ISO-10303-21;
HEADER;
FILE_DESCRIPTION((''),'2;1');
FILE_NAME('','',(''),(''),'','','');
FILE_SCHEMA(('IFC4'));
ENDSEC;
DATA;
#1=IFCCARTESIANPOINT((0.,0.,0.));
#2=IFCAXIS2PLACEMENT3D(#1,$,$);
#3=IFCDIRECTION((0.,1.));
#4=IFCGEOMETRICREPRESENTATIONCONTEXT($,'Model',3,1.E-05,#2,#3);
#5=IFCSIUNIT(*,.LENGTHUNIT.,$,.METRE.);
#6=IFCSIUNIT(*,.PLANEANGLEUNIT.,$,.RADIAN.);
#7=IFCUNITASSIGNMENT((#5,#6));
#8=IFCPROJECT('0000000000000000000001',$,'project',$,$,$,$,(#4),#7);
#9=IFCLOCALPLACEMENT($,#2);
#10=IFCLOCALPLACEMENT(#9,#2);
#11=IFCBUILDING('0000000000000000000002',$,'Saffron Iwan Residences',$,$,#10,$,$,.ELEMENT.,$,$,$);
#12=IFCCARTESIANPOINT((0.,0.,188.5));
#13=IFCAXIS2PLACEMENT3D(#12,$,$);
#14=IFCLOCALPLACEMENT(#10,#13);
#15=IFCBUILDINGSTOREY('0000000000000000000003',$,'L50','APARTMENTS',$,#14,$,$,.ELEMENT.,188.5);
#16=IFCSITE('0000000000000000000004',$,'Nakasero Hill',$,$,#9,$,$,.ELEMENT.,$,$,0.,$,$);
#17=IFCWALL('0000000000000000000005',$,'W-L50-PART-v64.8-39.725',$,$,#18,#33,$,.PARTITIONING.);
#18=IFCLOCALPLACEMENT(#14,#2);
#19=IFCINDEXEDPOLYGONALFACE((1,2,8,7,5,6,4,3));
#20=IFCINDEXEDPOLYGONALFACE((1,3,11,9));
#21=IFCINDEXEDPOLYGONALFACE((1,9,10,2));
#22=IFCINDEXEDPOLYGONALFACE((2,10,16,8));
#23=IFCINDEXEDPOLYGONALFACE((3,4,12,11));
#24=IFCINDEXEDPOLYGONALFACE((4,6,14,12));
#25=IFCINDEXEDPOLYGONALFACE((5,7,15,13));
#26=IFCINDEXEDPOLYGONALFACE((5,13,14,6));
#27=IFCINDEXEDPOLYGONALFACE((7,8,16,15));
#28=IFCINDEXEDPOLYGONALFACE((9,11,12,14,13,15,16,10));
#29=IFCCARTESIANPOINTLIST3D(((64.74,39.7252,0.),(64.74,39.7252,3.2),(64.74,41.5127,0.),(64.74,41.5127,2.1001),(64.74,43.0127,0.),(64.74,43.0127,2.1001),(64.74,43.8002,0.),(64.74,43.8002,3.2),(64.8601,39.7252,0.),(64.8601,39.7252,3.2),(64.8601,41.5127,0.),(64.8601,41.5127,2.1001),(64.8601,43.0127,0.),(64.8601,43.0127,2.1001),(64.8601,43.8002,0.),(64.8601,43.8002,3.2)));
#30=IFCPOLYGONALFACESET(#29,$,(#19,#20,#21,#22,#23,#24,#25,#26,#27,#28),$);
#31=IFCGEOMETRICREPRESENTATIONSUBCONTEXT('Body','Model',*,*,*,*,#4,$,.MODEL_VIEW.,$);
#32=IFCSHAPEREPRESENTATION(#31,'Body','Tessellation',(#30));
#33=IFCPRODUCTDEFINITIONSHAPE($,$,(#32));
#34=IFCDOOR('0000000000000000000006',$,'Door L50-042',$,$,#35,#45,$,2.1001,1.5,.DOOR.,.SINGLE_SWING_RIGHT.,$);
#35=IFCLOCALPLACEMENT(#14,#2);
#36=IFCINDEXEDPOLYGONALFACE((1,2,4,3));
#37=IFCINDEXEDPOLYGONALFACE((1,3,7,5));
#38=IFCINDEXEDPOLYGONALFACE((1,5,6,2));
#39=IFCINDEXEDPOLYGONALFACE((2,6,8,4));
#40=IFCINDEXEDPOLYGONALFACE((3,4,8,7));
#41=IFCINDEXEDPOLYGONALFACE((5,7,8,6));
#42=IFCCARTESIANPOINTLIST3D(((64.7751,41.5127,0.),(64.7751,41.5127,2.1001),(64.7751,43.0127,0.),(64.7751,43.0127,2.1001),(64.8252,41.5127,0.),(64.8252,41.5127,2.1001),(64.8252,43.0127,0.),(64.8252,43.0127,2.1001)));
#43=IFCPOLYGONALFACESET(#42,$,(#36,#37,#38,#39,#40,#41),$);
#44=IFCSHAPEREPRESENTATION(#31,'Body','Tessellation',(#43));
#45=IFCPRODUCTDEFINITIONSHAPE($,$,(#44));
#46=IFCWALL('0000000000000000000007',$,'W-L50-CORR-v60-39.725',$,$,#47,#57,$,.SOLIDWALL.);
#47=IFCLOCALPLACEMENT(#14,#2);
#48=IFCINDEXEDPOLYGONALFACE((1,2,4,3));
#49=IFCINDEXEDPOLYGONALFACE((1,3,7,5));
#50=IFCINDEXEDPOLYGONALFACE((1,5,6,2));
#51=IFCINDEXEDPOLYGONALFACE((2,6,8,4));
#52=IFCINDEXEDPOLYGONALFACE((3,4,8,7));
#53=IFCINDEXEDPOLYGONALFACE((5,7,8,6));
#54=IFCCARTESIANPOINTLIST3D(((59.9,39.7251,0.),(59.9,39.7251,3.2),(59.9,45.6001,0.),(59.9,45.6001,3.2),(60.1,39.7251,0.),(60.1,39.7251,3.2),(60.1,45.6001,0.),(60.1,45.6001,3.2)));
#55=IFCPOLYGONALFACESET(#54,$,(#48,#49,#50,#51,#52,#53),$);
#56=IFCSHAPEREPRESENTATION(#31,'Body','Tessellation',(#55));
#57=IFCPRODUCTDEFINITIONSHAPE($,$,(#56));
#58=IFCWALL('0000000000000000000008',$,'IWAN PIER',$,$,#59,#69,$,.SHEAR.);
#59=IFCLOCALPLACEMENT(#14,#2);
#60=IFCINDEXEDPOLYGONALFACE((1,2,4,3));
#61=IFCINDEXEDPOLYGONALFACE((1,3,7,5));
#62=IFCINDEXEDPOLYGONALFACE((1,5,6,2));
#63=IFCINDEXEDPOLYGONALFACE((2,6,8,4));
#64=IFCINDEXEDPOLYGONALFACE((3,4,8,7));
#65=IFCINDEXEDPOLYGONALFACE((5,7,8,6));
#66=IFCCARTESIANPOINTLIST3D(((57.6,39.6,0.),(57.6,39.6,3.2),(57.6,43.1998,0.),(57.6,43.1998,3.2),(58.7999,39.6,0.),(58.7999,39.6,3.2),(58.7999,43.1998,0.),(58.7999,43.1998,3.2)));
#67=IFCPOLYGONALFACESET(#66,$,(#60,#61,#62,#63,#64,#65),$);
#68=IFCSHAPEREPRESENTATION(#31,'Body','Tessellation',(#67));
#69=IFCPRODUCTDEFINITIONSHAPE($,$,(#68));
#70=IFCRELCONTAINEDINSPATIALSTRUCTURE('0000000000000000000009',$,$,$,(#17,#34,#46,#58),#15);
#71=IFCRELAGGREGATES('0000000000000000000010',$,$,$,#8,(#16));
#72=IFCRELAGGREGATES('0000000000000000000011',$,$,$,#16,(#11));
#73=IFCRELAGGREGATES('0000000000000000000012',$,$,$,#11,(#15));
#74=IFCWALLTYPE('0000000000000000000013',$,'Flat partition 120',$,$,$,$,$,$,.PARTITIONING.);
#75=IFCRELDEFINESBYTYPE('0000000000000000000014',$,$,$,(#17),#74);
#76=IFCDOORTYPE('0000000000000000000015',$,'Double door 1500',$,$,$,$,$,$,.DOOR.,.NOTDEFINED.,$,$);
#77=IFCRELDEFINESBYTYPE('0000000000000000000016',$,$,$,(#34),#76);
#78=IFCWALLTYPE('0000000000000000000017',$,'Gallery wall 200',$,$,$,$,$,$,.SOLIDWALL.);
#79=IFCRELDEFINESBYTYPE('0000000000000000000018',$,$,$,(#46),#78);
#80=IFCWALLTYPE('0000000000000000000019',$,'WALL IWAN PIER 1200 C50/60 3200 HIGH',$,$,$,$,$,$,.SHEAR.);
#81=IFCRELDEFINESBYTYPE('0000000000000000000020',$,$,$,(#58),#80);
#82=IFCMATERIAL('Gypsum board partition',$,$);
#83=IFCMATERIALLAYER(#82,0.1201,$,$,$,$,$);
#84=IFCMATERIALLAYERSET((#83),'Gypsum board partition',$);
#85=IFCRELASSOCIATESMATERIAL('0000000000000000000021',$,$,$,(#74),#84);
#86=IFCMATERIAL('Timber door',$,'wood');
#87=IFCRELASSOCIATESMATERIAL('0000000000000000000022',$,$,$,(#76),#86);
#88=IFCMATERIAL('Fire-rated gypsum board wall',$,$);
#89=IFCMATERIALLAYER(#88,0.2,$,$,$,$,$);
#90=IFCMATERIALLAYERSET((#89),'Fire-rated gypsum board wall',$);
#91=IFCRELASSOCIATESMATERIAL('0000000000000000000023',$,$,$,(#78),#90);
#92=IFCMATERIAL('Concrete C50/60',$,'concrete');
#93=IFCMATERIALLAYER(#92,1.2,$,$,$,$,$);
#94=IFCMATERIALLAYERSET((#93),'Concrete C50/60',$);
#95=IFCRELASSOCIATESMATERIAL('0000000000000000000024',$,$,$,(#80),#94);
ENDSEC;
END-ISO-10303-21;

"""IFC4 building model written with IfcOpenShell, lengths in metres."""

from ifc_helpers import new_model, si_unit, direction, frame, frame_2d, origin, place, context, subcontext, project, spatial, rectangle, extrude, material, layer, layer_set, type_object, element, fill, save


model = new_model("IFC4")

# Units and contexts
model_context = context("Model", 3, precision=1e-05, world=origin(), true_north=direction((0.0, 1.0)))
body_context = subcontext(model_context, "Body", "Model", "MODEL_VIEW")
ifc_project = project(units=[si_unit("LENGTHUNIT", "METRE"), si_unit("PLANEANGLEUNIT", "RADIAN")], contexts=[model_context])

# Site, building, storey
site_placement = place(None, origin())
site = spatial("IfcSite", under=ifc_project, at=site_placement, Name="Nakasero Hill", CompositionType="ELEMENT", RefElevation=0.0)
building_placement = place(site_placement, origin())
building = spatial("IfcBuilding", under=site, at=building_placement, Name="Saffron Iwan Residences", CompositionType="ELEMENT")
storey_placement = place(building_placement, frame((0.0, 0.0, 188.5)))
storey = spatial("IfcBuildingStorey", under=building, at=storey_placement, Name="L50", Description="APARTMENTS", CompositionType="ELEMENT", Elevation=188.5)

# Shared definitions
ifc_material_1 = material(Name="Concrete C50/60", Category="concrete")

# Wall, opening, door
ifc_material_2 = material(Name="Gypsum board partition")
ifc_layer_1 = layer(ifc_material_2, 0.1201)
ifc_layer_set_1 = layer_set([ifc_layer_1], Name="Gypsum board partition")
wall_type_1 = type_object("IfcWallType", Name="Flat partition 120", PredefinedType="PARTITIONING", material=ifc_layer_set_1)
wall_1_placement = place(storey_placement, frame((64.8, 39.7251, 0.0), z_axis=(0.0, 0.0, 1.0), x_axis=(0.0, 1.0, 0.0)))
wall_1 = element("IfcWall", 1, at=wall_1_placement, inside=storey, type_object=wall_type_1, Name="W-L50-PART-v64.8-39.725", PredefinedType="PARTITIONING", context=body_context, shape_type="SweptSolid", body=[
    extrude(rectangle(XDim=4.075, YDim=0.1201, at=frame_2d((2.0376, 0.0))), origin(), (0.0, 0.0, 1.0), 3.2),
])
opening_1_placement = place(wall_1_placement, frame((1.7876, 0.0, 0.0)))
opening_1 = element("IfcOpeningElement", 2, at=opening_1_placement, cuts=wall_1, PredefinedType="OPENING", context=body_context, shape_type="SweptSolid", body=[
    extrude(rectangle(XDim=1.5, YDim=2.1001, at=frame_2d((0.75, 1.05))), frame((0.0, 0.0701, 0.0), z_axis=(0.0, -1.0, 0.0), x_axis=(1.0, 0.0, 0.0)), (0.0, 0.0, 1.0), 0.1401),
])
ifc_material_3 = material(Name="Timber door", Category="wood")
door_type_1 = type_object("IfcDoorType", Name="Double door 1500", OperationType="NOTDEFINED", PredefinedType="DOOR", material=ifc_material_3)
door_1_placement = place(opening_1_placement, origin())
door_1 = element("IfcDoor", 3, at=door_1_placement, inside=storey, type_object=door_type_1, Name="Door L50-042", OperationType="SINGLE_SWING_RIGHT", OverallHeight=2.1001, OverallWidth=1.5, PredefinedType="DOOR", context=body_context, shape_type="SweptSolid", body=[
    extrude(rectangle(XDim=1.5, YDim=2.1001, at=frame_2d((0.75, 1.05))), frame((0.0, 0.0249, 0.0), z_axis=(0.0, -1.0, 0.0), x_axis=(1.0, 0.0, 0.0)), (0.0, 0.0, 1.0), 0.05),
])
fill(opening_1, door_1)

# Walls
ifc_material_4 = material(Name="Fire-rated gypsum board wall")
ifc_layer_2 = layer(ifc_material_4, 0.2)
ifc_layer_set_2 = layer_set([ifc_layer_2], Name="Fire-rated gypsum board wall")
wall_type_2 = type_object("IfcWallType", Name="Gallery wall 200", PredefinedType="SOLIDWALL", material=ifc_layer_set_2)
wall_2_placement = place(storey_placement, frame((60.0, 39.7251, 0.0), z_axis=(0.0, 0.0, 1.0), x_axis=(0.0, 1.0, 0.0)))
element("IfcWall", 4, at=wall_2_placement, inside=storey, type_object=wall_type_2, Name="W-L50-CORR-v60-39.725", PredefinedType="SOLIDWALL", context=body_context, shape_type="SweptSolid", body=[
    extrude(rectangle(XDim=5.875, YDim=0.2, at=frame_2d((2.9375, 0.0))), origin(), (0.0, 0.0, 1.0), 3.2),
])
ifc_layer_3 = layer(ifc_material_1, 1.2)
ifc_layer_set_3 = layer_set([ifc_layer_3], Name="Concrete C50/60")
wall_type_3 = type_object("IfcWallType", Name="WALL IWAN PIER 1200 C50/60 3200 HIGH", PredefinedType="SHEAR", material=ifc_layer_set_3)
wall_3_placement = place(storey_placement, frame((58.2, 39.6001, 0.0), z_axis=(0.0, 0.0, 1.0), x_axis=(0.0, 1.0, 0.0)))
element("IfcWall", 5, at=wall_3_placement, inside=storey, type_object=wall_type_3, Name="IWAN PIER", PredefinedType="SHEAR", context=body_context, shape_type="SweptSolid", body=[
    extrude(rectangle(XDim=3.5999, YDim=1.2, at=frame_2d((1.7998, 0.0))), origin(), (0.0, 0.0, 1.0), 3.2),
])

save(model, "model.ifc")
